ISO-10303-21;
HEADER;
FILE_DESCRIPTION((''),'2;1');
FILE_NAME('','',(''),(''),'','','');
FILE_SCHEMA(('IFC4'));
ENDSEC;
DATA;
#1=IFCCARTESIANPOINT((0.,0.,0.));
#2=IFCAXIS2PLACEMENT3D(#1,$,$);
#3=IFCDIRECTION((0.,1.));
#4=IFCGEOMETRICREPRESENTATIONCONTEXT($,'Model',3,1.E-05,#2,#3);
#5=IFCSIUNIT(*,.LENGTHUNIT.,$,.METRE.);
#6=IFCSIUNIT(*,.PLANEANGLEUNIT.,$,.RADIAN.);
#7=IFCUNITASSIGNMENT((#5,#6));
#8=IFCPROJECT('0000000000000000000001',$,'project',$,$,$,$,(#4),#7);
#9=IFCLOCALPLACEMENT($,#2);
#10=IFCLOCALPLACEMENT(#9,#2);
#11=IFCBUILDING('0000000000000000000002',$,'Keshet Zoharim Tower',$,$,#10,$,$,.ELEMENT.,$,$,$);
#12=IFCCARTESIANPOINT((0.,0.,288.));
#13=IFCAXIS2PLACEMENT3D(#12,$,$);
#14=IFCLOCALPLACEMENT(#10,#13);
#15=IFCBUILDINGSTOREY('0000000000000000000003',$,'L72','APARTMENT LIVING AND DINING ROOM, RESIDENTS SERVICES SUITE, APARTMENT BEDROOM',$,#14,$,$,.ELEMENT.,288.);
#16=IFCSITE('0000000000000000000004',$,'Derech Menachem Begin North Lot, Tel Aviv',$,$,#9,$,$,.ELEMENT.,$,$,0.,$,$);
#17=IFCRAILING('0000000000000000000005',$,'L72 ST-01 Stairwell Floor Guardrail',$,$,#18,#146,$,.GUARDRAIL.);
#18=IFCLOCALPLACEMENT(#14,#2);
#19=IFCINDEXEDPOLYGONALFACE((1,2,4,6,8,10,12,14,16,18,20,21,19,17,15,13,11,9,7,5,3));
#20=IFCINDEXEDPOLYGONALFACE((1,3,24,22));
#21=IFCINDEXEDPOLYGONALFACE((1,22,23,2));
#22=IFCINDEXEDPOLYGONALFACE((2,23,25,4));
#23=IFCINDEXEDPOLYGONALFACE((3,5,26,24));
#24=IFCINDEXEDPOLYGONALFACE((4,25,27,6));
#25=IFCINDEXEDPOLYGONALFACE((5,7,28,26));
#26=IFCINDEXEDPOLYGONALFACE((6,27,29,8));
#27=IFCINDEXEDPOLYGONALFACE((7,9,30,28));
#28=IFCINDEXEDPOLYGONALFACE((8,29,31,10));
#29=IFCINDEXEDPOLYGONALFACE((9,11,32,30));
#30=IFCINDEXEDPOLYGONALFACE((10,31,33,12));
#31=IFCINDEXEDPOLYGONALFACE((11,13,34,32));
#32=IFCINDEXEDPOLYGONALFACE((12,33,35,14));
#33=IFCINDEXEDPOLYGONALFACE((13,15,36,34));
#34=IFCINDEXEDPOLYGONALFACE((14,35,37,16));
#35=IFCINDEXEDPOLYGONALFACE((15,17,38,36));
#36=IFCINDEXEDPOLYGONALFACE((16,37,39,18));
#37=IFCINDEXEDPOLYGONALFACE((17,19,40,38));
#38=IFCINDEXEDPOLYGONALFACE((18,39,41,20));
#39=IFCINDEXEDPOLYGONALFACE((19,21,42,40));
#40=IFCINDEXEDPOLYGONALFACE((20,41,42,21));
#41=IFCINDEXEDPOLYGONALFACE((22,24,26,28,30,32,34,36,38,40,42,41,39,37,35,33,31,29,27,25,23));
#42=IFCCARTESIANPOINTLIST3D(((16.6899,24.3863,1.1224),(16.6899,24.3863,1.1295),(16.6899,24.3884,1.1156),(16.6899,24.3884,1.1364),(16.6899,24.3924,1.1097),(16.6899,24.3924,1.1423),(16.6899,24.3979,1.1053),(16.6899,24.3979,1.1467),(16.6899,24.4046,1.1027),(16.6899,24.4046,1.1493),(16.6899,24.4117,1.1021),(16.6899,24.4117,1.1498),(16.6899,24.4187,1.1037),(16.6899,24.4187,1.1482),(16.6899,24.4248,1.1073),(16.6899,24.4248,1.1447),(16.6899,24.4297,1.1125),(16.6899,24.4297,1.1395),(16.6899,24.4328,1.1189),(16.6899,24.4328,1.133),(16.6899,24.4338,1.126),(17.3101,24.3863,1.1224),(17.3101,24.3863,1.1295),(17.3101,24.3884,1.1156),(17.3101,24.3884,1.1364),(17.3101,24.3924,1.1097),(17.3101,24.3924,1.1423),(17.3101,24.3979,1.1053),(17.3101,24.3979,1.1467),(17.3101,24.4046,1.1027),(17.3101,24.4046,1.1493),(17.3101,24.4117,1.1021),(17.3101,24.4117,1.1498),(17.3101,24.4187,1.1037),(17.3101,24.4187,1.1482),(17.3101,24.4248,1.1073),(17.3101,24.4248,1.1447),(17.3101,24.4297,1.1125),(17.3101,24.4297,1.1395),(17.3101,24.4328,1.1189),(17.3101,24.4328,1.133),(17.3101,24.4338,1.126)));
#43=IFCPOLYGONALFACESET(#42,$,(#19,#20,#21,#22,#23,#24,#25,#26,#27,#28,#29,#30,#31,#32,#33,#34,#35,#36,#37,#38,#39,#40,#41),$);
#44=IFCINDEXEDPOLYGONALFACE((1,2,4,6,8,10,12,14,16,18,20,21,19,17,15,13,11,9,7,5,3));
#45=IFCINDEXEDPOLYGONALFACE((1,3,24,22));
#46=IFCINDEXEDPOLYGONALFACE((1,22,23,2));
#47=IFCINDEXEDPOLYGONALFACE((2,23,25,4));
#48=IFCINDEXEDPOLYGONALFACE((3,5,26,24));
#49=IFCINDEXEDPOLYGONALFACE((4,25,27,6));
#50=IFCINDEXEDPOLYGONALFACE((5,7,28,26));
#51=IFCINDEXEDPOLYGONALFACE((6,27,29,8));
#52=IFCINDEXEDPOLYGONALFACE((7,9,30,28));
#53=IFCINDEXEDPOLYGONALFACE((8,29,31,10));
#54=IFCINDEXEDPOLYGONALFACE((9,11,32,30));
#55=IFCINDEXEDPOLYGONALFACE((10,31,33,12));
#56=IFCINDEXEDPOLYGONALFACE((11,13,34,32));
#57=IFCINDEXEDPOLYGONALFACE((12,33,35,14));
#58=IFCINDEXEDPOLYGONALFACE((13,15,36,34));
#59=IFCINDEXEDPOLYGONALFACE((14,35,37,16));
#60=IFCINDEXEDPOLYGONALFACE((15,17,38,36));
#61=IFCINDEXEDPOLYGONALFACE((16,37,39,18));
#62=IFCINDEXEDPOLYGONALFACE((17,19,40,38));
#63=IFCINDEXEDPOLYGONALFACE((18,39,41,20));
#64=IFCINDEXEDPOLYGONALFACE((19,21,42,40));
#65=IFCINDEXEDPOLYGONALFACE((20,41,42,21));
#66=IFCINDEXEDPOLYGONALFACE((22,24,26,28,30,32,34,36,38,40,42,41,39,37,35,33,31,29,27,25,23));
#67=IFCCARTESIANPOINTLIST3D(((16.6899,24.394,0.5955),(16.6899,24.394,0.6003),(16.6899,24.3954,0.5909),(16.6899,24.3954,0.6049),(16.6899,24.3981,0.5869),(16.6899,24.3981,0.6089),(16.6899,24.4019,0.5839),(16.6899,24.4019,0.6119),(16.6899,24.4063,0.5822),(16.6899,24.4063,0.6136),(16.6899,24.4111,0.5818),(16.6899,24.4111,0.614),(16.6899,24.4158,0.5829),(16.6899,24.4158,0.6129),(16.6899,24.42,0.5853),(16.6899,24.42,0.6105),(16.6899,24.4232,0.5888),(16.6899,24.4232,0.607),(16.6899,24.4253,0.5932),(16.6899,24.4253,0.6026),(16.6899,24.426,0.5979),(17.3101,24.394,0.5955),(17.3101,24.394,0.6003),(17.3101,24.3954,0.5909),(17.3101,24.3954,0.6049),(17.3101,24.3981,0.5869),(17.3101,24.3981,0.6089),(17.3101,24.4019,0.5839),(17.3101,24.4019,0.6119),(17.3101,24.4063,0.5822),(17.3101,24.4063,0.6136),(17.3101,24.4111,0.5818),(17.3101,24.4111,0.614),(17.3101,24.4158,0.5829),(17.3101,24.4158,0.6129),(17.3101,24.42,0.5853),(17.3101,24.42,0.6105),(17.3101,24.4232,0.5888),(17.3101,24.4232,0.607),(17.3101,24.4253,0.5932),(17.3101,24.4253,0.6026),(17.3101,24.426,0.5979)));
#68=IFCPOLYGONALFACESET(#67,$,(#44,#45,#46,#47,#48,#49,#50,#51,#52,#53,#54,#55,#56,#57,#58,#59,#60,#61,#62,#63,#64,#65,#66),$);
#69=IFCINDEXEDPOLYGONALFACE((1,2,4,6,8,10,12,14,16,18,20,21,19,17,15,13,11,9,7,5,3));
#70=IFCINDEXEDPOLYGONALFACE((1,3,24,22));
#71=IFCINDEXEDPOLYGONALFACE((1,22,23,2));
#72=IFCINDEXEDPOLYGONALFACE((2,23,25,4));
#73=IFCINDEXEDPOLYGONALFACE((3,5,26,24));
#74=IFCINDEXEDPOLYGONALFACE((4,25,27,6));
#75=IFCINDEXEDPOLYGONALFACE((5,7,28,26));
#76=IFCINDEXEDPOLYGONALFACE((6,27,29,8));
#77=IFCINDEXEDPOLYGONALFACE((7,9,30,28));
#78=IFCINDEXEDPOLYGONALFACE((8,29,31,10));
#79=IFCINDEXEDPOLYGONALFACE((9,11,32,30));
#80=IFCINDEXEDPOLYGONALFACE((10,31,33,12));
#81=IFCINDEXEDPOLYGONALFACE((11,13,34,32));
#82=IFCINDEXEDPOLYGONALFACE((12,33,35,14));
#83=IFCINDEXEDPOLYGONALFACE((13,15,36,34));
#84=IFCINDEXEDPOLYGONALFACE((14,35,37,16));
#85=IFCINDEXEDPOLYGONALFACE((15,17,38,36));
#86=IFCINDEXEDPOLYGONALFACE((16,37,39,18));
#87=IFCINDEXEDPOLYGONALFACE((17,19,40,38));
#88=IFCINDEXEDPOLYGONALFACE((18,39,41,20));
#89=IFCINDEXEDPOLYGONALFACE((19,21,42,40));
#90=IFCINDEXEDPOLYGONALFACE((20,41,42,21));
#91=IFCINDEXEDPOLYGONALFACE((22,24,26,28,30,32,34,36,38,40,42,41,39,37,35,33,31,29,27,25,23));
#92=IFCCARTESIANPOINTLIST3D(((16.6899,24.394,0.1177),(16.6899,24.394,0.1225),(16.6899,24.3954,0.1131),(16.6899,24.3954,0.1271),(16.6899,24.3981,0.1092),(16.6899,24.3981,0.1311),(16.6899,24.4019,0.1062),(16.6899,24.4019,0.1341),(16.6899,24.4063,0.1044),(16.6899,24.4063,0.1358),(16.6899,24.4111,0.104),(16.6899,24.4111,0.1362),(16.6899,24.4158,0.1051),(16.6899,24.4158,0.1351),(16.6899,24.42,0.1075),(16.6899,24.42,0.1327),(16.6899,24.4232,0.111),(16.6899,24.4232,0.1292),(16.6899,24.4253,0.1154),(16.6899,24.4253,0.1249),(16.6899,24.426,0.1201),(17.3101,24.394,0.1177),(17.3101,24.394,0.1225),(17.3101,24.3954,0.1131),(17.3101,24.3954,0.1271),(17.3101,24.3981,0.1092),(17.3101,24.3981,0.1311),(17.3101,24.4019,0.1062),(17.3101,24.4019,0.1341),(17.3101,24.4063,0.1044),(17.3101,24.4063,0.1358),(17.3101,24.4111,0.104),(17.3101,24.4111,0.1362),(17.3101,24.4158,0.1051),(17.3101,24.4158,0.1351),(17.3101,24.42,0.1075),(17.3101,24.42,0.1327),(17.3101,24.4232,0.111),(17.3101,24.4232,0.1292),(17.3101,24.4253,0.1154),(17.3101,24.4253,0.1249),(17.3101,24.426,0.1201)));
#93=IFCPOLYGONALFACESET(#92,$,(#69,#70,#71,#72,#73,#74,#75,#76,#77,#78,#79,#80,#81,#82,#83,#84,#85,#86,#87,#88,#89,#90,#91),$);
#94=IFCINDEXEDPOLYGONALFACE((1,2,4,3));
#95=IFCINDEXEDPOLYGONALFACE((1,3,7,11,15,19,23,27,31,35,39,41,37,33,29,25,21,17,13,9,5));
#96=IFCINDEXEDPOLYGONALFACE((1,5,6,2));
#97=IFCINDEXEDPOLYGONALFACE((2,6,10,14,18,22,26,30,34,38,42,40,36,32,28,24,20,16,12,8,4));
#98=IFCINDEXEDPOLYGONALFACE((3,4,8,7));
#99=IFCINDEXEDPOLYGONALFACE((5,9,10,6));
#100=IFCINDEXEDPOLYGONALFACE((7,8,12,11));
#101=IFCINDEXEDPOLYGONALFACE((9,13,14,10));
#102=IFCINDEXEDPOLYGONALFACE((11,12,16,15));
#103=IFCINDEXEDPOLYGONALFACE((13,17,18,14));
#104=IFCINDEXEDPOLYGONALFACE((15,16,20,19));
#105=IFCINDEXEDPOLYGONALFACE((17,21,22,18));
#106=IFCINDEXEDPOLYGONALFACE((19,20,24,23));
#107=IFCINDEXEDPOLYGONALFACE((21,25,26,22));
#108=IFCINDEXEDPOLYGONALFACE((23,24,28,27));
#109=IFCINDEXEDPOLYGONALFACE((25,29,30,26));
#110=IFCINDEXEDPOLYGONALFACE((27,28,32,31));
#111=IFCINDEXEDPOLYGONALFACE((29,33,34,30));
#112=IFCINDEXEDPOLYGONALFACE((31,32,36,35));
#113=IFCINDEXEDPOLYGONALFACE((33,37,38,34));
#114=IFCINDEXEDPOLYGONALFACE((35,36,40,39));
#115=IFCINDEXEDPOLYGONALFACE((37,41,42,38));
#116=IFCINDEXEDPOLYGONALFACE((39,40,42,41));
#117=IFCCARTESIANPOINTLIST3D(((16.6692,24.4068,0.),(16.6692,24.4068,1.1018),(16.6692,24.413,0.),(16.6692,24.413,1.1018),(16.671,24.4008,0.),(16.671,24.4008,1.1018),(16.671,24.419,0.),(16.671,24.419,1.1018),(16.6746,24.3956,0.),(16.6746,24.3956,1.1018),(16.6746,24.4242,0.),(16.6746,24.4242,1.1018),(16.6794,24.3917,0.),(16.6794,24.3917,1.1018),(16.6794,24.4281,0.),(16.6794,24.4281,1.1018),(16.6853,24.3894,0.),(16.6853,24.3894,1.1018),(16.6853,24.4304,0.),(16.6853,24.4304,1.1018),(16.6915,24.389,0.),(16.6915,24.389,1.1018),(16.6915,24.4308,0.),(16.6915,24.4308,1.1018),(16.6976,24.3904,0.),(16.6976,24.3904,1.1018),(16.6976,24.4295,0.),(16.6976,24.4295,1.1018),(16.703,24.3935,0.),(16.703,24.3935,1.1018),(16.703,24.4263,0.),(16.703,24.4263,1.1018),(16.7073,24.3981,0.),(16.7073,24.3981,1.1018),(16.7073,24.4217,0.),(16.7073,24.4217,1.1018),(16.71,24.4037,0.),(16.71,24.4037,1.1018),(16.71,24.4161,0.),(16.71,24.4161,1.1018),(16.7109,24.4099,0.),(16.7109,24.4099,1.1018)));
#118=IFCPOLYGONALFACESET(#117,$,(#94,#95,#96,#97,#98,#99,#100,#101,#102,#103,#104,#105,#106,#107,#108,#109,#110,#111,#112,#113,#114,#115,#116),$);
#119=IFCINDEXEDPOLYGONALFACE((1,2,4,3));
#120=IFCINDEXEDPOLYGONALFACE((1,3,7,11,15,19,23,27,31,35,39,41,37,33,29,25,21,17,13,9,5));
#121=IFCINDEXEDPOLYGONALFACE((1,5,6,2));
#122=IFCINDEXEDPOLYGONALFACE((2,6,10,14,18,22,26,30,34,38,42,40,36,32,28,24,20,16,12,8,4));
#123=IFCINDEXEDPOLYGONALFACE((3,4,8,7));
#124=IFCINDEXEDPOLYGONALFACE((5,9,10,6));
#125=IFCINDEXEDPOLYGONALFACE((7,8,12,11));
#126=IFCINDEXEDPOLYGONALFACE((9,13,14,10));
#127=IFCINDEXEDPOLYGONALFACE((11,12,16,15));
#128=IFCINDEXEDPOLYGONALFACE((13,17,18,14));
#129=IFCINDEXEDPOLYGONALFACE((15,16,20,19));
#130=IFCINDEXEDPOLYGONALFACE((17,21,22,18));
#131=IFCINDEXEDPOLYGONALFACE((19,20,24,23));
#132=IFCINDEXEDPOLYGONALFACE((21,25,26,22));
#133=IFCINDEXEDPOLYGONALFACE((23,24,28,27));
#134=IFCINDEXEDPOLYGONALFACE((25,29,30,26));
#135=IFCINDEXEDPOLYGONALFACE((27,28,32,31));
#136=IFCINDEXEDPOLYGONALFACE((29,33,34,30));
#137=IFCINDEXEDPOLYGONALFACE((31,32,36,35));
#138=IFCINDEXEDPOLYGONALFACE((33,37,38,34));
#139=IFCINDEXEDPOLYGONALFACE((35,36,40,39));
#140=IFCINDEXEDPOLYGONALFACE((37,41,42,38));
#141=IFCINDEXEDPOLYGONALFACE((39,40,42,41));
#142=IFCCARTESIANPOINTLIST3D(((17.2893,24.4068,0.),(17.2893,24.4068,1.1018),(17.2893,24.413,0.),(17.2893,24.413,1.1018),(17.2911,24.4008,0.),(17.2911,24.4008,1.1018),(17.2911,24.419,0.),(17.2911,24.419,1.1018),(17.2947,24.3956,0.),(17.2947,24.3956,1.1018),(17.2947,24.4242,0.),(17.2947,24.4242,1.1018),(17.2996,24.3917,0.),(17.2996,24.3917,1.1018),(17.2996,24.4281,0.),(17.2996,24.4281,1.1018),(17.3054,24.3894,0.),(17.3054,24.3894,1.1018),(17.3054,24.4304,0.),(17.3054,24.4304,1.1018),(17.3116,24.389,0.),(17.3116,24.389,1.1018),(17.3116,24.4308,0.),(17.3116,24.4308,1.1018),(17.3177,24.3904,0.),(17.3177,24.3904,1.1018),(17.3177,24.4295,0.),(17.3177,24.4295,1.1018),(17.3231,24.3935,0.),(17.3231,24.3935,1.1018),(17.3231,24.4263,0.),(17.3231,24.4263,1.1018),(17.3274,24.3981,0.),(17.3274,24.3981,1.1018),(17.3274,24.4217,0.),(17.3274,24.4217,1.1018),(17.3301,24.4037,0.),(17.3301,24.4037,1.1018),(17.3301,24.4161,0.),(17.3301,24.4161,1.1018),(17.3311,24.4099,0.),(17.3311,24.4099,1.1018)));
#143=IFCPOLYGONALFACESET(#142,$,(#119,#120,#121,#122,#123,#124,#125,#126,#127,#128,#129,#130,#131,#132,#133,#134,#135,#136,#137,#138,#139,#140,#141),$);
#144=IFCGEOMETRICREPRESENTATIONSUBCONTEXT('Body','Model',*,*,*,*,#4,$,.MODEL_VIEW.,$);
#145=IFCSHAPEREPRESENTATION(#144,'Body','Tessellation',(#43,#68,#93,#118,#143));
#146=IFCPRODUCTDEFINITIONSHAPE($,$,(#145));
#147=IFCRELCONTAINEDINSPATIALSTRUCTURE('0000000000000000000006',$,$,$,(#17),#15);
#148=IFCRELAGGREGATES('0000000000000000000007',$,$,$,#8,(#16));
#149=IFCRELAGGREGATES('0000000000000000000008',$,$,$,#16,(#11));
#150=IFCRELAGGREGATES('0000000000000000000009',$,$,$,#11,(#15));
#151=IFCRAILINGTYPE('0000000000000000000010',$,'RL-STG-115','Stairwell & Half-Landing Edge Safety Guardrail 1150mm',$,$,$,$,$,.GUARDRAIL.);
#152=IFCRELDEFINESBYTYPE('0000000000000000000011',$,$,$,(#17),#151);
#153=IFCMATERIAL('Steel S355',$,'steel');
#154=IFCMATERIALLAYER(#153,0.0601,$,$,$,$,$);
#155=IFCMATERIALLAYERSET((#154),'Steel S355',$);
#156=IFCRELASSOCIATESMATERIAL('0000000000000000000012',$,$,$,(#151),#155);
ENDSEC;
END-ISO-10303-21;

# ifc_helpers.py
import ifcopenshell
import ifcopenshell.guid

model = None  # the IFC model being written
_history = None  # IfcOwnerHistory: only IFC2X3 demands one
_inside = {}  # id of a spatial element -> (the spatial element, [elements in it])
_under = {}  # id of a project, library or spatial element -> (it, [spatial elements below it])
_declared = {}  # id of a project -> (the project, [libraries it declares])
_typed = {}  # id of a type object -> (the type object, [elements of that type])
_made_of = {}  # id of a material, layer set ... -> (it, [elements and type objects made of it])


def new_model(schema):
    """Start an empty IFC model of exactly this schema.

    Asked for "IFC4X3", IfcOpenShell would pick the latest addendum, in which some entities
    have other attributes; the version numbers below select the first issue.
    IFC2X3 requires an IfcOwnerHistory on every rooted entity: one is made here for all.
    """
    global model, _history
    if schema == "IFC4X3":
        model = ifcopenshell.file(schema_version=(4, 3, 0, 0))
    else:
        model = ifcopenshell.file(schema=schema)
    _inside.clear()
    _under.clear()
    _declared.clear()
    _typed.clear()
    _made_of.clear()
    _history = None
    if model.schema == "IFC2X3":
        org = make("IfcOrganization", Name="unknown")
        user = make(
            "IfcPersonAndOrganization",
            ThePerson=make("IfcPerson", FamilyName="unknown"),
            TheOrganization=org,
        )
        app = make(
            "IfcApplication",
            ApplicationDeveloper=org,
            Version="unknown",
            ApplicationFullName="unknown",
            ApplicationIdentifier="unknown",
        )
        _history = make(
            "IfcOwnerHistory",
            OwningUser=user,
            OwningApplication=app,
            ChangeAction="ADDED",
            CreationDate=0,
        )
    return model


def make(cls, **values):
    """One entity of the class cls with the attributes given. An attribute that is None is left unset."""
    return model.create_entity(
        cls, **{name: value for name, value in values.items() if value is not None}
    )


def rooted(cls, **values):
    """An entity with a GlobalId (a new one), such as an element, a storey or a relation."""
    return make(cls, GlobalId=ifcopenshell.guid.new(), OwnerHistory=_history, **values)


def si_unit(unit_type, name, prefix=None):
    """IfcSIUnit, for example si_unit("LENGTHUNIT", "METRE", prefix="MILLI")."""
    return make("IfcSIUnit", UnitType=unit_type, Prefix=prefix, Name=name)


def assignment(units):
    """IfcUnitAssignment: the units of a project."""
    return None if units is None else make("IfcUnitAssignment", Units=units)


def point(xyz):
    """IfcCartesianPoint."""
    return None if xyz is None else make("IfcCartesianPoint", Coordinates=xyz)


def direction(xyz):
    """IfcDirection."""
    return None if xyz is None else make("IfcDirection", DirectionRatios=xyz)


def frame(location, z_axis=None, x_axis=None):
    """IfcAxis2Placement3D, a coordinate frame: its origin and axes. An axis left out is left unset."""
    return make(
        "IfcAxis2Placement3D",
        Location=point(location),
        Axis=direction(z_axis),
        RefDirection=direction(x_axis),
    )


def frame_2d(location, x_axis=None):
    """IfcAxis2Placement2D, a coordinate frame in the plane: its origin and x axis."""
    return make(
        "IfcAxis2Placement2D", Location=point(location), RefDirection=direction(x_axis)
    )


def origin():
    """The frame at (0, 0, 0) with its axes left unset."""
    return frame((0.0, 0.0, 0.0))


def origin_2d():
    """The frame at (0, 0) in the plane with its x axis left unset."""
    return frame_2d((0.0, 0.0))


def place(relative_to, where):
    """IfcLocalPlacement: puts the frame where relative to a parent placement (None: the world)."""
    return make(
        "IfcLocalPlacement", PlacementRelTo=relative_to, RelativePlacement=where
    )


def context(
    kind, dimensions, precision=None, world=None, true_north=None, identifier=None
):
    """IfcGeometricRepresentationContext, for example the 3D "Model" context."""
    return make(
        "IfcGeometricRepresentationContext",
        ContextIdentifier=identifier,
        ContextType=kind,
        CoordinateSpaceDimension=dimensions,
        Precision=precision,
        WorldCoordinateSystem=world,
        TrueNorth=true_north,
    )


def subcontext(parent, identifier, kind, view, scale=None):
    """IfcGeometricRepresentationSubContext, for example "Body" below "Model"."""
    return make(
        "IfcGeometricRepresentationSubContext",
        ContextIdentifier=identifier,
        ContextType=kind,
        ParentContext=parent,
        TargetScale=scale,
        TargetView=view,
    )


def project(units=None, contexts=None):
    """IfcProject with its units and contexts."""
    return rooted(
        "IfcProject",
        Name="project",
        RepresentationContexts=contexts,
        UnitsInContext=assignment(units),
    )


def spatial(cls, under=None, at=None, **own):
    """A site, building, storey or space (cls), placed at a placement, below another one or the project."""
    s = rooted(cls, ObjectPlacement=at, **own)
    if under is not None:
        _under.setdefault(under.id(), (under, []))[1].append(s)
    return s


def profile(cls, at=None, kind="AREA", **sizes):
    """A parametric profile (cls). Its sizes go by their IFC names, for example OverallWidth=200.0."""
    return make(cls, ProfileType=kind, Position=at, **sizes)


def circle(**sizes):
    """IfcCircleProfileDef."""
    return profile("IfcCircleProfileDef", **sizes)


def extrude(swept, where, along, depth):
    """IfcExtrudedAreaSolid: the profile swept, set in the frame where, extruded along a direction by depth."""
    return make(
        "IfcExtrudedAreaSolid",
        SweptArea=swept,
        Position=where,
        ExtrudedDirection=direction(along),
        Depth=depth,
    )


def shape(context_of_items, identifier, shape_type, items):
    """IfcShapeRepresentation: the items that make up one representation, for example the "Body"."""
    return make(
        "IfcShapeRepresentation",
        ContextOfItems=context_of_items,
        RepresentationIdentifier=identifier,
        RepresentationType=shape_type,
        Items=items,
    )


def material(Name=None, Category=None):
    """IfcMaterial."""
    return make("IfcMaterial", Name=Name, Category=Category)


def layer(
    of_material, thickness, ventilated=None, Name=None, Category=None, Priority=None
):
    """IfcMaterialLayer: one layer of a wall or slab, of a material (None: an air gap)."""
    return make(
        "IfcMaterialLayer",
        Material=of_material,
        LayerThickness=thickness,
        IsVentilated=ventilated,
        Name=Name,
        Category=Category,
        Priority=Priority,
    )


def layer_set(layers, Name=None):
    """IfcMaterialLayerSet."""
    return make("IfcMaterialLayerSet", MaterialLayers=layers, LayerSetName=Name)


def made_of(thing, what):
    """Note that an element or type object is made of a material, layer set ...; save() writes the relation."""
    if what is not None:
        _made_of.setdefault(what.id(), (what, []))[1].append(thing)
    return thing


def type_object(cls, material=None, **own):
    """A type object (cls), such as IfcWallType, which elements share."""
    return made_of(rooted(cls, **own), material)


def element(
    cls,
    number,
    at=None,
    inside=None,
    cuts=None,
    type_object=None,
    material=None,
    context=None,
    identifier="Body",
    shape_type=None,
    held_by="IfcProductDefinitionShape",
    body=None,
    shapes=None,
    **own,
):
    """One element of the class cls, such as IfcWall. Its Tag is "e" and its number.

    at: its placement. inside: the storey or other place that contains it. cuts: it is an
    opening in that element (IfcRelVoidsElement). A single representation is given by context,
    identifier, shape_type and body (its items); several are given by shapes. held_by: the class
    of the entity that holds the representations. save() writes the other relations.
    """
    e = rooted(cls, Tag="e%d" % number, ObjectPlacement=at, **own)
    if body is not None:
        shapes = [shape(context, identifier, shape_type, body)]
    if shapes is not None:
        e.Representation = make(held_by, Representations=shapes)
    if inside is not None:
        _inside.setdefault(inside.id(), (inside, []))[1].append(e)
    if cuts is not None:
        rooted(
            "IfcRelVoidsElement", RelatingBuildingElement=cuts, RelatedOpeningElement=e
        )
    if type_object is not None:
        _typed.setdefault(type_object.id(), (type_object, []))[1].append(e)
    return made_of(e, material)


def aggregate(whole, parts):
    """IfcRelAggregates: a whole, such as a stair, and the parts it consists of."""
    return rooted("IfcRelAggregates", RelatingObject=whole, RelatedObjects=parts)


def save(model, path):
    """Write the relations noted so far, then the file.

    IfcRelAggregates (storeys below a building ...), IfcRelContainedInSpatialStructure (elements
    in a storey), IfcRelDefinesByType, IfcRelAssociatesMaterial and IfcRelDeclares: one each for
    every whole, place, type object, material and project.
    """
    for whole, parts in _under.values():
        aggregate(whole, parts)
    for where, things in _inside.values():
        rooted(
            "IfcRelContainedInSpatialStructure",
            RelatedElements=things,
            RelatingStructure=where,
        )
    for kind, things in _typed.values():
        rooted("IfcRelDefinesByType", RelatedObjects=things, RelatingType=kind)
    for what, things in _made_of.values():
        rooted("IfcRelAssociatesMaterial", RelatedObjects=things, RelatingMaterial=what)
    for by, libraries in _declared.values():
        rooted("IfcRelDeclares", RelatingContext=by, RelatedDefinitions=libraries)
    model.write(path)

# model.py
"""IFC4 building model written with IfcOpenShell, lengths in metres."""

from ifc_helpers import new_model, si_unit, direction, frame, origin, origin_2d, place, context, subcontext, project, spatial, circle, extrude, material, layer, layer_set, type_object, element, save


model = new_model("IFC4")

# Units and contexts
model_context = context("Model", 3, precision=1e-05, world=origin(), true_north=direction((0.0, 1.0)))
body_context = subcontext(model_context, "Body", "Model", "MODEL_VIEW")
ifc_project = project(units=[si_unit("LENGTHUNIT", "METRE"), si_unit("PLANEANGLEUNIT", "RADIAN")], contexts=[model_context])

# Site, building, storey
site_placement = place(None, origin())
site = spatial("IfcSite", under=ifc_project, at=site_placement, Name="Derech Menachem Begin North Lot, Tel Aviv", CompositionType="ELEMENT", RefElevation=0.0)
building_placement = place(site_placement, origin())
building = spatial("IfcBuilding", under=site, at=building_placement, Name="Keshet Zoharim Tower", CompositionType="ELEMENT")
storey_placement = place(building_placement, frame((0.0, 0.0, 288.0)))
storey = spatial("IfcBuildingStorey", under=building, at=storey_placement, Name="L72", Description="APARTMENT LIVING AND DINING ROOM, RESIDENTS SERVICES SUITE, APARTMENT BEDROOM", CompositionType="ELEMENT", Elevation=288.0)

# Shared definitions
ifc_material_1 = material(Name="Steel S355", Category="steel")

# Railing
ifc_layer_1 = layer(ifc_material_1, 0.0601)
ifc_layer_set_1 = layer_set([ifc_layer_1], Name="Steel S355")
railing_type_1 = type_object("IfcRailingType", Name="RL-STG-115", Description="Stairwell & Half-Landing Edge Safety Guardrail 1150mm", PredefinedType="GUARDRAIL", material=ifc_layer_set_1)
railing_1_placement = place(storey_placement, frame((16.6899, 24.4099, 0.0)))
element("IfcRailing", 1, at=railing_1_placement, inside=storey, type_object=railing_type_1, Name="L72 ST-01 Stairwell Floor Guardrail", PredefinedType="GUARDRAIL", context=body_context, shape_type="SweptSolid", body=[
    extrude(circle(Radius=0.0239, at=origin_2d()), frame((0.0, 0.0, 1.126), z_axis=(1.0, 0.0, 0.0), x_axis=(0.0, 1.0, 0.0)), (0.0, 0.0, 1.0), 0.6201),
    extrude(circle(Radius=0.0161, at=origin_2d()), frame((0.0, 0.0, 0.5979), z_axis=(1.0, 0.0, 0.0), x_axis=(0.0, 1.0, 0.0)), (0.0, 0.0, 1.0), 0.6201),
    extrude(circle(Radius=0.0161, at=origin_2d()), frame((0.0, 0.0, 0.1201), z_axis=(1.0, 0.0, 0.0), x_axis=(0.0, 1.0, 0.0)), (0.0, 0.0, 1.0), 0.6201),
    extrude(circle(Radius=0.021, at=origin_2d()), origin(), (0.0, 0.0, 1.0), 1.1018),
    extrude(circle(Radius=0.021, at=origin_2d()), frame((0.6201, 0.0, 0.0)), (0.0, 0.0, 1.0), 1.1018),
])

save(model, "model.ifc")
